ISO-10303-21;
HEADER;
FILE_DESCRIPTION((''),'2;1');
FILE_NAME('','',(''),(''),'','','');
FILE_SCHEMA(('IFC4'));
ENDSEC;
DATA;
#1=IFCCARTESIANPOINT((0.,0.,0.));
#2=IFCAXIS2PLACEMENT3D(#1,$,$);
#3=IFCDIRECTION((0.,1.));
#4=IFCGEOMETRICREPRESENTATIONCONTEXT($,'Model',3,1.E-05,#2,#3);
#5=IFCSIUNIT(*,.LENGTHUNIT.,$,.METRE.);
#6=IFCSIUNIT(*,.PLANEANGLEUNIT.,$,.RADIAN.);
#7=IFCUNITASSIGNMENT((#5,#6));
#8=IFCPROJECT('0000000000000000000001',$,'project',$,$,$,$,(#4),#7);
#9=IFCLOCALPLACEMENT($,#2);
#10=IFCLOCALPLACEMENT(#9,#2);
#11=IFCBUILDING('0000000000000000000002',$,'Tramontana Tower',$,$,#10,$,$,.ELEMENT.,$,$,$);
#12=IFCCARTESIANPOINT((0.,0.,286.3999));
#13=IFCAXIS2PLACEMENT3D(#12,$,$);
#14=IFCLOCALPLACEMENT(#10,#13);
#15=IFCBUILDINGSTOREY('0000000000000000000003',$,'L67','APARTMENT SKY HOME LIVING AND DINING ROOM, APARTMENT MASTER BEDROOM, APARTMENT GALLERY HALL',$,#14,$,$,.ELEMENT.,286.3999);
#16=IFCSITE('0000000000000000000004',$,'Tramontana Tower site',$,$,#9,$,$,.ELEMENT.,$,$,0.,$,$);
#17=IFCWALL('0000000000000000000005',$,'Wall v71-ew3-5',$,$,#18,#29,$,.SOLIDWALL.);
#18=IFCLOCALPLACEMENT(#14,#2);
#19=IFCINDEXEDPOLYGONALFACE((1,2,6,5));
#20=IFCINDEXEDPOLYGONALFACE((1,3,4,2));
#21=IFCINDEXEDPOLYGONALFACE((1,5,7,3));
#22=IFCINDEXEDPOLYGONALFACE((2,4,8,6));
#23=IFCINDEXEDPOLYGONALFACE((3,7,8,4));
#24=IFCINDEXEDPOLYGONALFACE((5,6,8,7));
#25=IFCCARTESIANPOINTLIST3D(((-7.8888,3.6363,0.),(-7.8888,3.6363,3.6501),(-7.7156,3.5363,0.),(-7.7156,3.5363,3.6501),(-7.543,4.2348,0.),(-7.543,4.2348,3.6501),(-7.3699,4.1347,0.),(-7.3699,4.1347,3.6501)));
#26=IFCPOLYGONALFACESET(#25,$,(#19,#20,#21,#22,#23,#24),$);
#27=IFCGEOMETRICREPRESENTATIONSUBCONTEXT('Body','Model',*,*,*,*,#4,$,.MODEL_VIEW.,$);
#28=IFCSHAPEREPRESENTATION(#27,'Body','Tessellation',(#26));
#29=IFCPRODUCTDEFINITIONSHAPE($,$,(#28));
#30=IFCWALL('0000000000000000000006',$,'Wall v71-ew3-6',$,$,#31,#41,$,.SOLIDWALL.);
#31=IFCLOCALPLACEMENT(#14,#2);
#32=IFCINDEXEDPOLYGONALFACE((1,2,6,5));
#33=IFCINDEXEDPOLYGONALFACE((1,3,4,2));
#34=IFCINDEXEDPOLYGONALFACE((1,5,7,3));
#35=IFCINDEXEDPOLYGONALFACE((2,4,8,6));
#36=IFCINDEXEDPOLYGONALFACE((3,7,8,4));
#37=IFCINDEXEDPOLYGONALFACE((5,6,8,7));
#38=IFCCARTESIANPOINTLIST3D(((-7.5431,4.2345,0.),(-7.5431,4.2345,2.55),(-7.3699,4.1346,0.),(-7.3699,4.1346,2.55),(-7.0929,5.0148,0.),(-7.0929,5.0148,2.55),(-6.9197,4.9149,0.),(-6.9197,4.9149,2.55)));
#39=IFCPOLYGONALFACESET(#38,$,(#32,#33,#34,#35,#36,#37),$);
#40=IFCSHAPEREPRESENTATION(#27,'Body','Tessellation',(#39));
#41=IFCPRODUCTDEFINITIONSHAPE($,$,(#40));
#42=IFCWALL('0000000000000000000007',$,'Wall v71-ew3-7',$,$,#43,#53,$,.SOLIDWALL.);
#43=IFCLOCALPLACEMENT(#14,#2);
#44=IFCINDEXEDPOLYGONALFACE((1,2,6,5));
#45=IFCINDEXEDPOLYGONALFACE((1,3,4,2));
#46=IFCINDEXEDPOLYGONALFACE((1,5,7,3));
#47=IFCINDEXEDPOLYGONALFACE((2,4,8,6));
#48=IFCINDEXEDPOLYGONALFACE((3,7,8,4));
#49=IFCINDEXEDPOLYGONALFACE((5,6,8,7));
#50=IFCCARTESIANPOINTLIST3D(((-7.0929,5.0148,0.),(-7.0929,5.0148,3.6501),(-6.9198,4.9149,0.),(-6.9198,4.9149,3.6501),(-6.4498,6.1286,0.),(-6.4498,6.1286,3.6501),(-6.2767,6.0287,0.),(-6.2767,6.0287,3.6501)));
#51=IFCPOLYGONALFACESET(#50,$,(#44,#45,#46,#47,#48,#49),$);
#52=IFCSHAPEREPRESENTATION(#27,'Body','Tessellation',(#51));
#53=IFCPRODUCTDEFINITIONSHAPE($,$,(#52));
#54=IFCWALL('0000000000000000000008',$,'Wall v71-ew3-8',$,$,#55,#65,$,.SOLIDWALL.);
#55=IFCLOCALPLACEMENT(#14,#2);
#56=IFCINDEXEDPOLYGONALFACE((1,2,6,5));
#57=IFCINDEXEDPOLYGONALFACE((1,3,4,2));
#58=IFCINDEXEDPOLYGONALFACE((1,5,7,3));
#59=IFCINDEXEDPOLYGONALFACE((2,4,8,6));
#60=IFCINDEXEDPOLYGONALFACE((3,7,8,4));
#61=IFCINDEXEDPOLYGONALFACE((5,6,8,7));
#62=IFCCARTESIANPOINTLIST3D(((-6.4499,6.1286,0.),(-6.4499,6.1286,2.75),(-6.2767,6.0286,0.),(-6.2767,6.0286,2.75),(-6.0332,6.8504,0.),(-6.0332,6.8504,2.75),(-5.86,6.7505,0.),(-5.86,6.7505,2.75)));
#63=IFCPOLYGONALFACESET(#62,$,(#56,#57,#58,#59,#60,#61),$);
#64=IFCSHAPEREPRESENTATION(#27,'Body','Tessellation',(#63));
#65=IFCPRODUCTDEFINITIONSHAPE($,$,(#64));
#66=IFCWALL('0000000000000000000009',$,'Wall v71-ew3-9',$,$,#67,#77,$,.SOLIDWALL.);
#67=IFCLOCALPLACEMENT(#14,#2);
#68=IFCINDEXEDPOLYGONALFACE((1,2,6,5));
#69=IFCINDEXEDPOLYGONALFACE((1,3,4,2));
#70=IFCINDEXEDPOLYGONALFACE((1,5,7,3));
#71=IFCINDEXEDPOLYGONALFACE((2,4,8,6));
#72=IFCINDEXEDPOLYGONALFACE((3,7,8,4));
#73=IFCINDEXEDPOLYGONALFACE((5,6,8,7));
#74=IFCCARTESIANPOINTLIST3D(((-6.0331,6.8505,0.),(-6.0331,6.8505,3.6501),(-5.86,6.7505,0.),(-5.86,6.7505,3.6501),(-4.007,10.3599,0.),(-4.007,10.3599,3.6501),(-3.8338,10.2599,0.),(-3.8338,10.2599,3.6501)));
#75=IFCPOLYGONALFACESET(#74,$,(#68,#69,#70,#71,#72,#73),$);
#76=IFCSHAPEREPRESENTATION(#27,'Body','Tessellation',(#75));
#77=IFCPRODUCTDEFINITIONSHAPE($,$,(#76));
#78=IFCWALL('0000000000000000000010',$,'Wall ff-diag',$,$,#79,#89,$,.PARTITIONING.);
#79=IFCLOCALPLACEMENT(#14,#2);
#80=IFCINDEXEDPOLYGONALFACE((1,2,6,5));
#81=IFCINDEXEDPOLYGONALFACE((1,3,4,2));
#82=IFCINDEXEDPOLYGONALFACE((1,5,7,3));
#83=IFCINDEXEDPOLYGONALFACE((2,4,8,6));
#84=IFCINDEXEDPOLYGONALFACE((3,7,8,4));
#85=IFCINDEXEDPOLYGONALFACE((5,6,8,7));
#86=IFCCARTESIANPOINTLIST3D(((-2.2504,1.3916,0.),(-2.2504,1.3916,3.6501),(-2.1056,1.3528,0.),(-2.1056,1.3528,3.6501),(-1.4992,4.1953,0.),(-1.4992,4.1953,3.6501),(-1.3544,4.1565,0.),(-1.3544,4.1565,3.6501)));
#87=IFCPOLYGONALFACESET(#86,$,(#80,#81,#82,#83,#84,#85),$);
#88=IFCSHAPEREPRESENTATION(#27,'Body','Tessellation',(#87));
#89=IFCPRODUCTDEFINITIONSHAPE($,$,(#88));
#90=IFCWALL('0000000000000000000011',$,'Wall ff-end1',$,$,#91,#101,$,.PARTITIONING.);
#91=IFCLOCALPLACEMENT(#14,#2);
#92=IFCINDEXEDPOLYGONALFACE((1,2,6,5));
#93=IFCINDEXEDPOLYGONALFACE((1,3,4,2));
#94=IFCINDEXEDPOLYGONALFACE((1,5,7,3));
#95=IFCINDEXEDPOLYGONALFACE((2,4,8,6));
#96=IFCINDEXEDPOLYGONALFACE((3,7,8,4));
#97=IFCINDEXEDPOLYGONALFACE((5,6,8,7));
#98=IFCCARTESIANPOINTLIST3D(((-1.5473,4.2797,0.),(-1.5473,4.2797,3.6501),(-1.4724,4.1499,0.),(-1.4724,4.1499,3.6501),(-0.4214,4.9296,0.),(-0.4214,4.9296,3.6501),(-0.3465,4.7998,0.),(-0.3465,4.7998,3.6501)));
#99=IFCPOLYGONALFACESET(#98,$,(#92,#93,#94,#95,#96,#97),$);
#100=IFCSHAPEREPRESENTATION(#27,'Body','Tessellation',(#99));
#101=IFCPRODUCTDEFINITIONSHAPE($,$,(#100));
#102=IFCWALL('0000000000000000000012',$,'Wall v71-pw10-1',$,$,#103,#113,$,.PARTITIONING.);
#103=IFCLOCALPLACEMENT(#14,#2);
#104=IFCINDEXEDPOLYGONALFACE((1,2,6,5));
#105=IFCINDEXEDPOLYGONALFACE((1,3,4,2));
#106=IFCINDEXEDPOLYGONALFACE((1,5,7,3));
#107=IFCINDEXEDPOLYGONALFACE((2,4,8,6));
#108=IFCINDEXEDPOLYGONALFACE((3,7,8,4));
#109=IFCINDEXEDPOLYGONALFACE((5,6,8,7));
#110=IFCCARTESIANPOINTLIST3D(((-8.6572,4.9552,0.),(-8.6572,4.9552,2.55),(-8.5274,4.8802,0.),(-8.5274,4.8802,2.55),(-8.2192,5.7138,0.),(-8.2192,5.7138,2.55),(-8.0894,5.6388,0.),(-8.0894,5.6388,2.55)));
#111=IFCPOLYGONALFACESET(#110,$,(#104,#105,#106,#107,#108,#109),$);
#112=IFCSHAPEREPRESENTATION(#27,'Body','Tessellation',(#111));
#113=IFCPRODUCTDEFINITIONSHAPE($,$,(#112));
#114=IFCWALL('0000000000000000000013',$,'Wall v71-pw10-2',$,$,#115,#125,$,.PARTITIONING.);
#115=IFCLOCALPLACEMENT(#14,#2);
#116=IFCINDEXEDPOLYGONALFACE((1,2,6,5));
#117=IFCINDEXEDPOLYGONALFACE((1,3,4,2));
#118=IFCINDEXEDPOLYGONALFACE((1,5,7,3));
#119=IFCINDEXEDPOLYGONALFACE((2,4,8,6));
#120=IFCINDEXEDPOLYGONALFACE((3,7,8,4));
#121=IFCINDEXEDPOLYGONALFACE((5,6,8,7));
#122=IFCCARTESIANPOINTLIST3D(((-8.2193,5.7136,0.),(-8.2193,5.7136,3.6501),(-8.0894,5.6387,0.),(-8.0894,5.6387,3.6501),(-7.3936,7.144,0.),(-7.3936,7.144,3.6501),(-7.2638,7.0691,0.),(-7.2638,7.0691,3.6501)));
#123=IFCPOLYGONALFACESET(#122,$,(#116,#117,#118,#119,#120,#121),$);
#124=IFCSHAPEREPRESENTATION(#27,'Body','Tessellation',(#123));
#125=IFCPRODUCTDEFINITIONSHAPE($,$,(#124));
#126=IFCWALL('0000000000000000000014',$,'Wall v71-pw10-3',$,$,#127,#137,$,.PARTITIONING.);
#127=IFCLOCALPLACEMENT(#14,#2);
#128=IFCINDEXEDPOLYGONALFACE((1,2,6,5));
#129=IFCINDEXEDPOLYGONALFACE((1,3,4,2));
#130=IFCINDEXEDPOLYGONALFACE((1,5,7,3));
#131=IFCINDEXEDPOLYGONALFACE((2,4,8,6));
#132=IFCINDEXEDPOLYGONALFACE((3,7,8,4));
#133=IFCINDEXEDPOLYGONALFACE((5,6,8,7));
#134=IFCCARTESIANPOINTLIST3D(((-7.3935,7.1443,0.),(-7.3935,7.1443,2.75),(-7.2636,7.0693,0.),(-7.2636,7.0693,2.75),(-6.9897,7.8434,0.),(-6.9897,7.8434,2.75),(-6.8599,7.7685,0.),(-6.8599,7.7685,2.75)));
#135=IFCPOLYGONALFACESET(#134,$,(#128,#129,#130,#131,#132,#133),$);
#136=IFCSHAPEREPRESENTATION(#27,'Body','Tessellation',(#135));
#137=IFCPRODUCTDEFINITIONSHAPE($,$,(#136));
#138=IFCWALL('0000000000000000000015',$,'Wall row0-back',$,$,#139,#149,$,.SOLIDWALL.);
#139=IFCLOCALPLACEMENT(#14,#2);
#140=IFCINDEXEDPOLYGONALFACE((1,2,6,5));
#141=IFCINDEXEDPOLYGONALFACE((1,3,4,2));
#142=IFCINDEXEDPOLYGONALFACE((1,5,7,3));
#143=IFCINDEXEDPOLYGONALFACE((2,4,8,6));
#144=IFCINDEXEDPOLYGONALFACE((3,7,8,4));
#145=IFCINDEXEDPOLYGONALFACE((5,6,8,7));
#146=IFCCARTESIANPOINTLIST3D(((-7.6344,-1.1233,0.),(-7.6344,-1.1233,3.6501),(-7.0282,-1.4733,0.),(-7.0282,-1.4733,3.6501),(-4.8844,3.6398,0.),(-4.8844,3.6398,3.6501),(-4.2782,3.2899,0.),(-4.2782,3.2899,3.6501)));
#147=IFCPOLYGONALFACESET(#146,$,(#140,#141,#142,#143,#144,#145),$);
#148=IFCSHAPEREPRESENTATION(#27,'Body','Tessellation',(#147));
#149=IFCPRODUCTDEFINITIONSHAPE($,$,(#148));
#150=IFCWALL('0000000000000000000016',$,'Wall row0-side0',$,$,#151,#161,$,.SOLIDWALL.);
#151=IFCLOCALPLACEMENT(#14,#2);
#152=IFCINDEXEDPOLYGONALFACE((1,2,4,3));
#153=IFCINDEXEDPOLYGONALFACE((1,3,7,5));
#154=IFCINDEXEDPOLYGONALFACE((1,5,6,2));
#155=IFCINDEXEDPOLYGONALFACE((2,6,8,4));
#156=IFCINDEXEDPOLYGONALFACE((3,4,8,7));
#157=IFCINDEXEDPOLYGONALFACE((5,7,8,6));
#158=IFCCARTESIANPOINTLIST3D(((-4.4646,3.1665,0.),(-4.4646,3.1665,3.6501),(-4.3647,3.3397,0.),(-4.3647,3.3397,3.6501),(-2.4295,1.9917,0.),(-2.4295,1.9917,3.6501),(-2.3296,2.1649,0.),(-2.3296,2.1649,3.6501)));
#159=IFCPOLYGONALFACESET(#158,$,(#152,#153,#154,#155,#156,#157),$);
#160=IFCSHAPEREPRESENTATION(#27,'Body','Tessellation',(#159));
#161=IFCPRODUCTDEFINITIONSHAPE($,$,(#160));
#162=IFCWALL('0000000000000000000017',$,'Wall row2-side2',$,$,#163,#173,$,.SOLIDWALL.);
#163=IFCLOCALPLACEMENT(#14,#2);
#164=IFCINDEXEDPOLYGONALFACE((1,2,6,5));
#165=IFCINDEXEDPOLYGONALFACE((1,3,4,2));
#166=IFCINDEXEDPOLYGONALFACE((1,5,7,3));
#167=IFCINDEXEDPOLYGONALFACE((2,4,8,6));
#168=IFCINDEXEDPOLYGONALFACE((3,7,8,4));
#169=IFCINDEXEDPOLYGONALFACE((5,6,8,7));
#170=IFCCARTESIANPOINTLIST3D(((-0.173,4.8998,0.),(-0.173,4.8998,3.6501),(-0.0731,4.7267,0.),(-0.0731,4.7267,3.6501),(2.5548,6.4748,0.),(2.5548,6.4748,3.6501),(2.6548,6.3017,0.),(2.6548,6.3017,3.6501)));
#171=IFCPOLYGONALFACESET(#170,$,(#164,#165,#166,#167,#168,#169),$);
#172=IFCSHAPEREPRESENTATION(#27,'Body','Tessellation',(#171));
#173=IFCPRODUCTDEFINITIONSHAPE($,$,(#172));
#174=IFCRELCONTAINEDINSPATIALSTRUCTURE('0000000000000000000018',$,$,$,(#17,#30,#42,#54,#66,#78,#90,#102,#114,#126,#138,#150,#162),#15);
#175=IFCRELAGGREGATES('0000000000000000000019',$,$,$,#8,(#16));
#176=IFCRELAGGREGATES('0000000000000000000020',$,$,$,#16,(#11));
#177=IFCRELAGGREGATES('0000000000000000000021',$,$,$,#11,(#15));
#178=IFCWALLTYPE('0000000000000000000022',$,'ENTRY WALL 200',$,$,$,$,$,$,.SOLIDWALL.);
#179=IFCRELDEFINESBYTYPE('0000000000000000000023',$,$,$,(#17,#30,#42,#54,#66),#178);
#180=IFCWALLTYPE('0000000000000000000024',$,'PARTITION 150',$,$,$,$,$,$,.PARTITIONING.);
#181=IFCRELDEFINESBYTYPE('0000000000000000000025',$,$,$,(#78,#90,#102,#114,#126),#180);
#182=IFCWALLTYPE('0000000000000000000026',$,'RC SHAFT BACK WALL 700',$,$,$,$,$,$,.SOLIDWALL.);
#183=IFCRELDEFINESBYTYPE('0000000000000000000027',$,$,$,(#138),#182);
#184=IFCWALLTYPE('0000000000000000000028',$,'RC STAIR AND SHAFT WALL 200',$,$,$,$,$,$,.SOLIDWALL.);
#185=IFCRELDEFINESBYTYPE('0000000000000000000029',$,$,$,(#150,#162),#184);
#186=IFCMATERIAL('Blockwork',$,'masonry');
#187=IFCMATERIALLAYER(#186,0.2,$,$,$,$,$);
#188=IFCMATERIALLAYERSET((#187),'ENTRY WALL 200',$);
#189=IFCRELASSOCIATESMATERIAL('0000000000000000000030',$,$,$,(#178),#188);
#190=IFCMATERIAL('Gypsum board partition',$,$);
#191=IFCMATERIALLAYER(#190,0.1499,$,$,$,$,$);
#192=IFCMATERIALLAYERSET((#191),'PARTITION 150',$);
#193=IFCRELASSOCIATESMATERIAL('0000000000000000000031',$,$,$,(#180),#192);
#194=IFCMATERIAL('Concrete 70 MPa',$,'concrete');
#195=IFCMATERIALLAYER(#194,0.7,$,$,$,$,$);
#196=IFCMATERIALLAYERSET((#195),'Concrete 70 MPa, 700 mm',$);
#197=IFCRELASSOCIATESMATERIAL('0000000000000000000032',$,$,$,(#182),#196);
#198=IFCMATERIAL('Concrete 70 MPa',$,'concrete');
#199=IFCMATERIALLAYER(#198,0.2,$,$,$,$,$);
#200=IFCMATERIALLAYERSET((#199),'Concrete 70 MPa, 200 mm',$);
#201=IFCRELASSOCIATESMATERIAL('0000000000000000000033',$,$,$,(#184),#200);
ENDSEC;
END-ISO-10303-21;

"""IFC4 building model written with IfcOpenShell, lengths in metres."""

from ifc_helpers import new_model, si_unit, direction, frame, frame_2d, origin, place, context, subcontext, project, spatial, rectangle, extrude, material, layer, layer_set, type_object, element, save


model = new_model("IFC4")

# Units and contexts
model_context = context("Model", 3, precision=1e-05, world=origin(), true_north=direction((0.0, 1.0)))
body_context = subcontext(model_context, "Body", "Model", "MODEL_VIEW")
ifc_project = project(units=[si_unit("LENGTHUNIT", "METRE"), si_unit("PLANEANGLEUNIT", "RADIAN")], contexts=[model_context])

# Site, building, storey
site_placement = place(None, origin())
site = spatial("IfcSite", under=ifc_project, at=site_placement, Name="Tramontana Tower site", CompositionType="ELEMENT", RefElevation=0.0)
building_placement = place(site_placement, origin())
building = spatial("IfcBuilding", under=site, at=building_placement, Name="Tramontana Tower", CompositionType="ELEMENT")
storey_placement = place(building_placement, frame((0.0, 0.0, 286.3999)))
storey = spatial("IfcBuildingStorey", under=building, at=storey_placement, Name="L67", Description="APARTMENT SKY HOME LIVING AND DINING ROOM, APARTMENT MASTER BEDROOM, APARTMENT GALLERY HALL", CompositionType="ELEMENT", Elevation=286.3999)

# Shared definitions
ifc_material_1 = material(Name="Blockwork", Category="masonry")
ifc_layer_1 = layer(ifc_material_1, 0.2)
ifc_layer_set_1 = layer_set([ifc_layer_1], Name="ENTRY WALL 200")
wall_type_1 = type_object("IfcWallType", Name="ENTRY WALL 200", PredefinedType="SOLIDWALL", material=ifc_layer_set_1)

# Walls
wall_1_placement = place(storey_placement, frame((-7.8022, 3.5862, 0.0), z_axis=(0.0, 0.0, 1.0), x_axis=(0.500242, 0.865885, 0.0)))
element("IfcWall", 1, at=wall_1_placement, inside=storey, type_object=wall_type_1, Name="Wall v71-ew3-5", PredefinedType="SOLIDWALL", context=body_context, shape_type="SweptSolid", body=[
    extrude(rectangle(XDim=0.6912, YDim=0.2, at=frame_2d((0.3457, 0.0))), origin(), (0.0, 0.0, 1.0), 3.6501),
])
wall_2_placement = place(storey_placement, frame((-7.4565, 4.1846, 0.0), z_axis=(0.0, 0.0, 1.0), x_axis=(0.499754, 0.866168, 0.0)))
element("IfcWall", 2, at=wall_2_placement, inside=storey, type_object=wall_type_1, Name="Wall v71-ew3-6", PredefinedType="SOLIDWALL", context=body_context, shape_type="SweptSolid", body=[
    extrude(rectangle(XDim=0.9009, YDim=0.2, at=frame_2d((0.4504, 0.0))), origin(), (0.0, 0.0, 1.0), 2.55),
])
wall_3_placement = place(storey_placement, frame((-7.0063, 4.9648, 0.0), z_axis=(0.0, 0.0, 1.0), x_axis=(0.500018, 0.866015, 0.0)))
element("IfcWall", 3, at=wall_3_placement, inside=storey, type_object=wall_type_1, Name="Wall v71-ew3-7", PredefinedType="SOLIDWALL", context=body_context, shape_type="SweptSolid", body=[
    extrude(rectangle(XDim=1.2861, YDim=0.2, at=frame_2d((0.6431, 0.0))), origin(), (0.0, 0.0, 1.0), 3.6501),
])
wall_4_placement = place(storey_placement, frame((-6.3633, 6.0786, 0.0), z_axis=(0.0, 0.0, 1.0), x_axis=(0.499951, 0.866054, 0.0)))
element("IfcWall", 4, at=wall_4_placement, inside=storey, type_object=wall_type_1, Name="Wall v71-ew3-8", PredefinedType="SOLIDWALL", context=body_context, shape_type="SweptSolid", body=[
    extrude(rectangle(XDim=0.8335, YDim=0.2, at=frame_2d((0.4167, 0.0))), origin(), (0.0, 0.0, 1.0), 2.75),
])
wall_5_placement = place(storey_placement, frame((-5.9465, 6.8005, 0.0), z_axis=(0.0, 0.0, 1.0), x_axis=(0.500008, 0.866021, 0.0)))
element("IfcWall", 5, at=wall_5_placement, inside=storey, type_object=wall_type_1, Name="Wall v71-ew3-9", PredefinedType="SOLIDWALL", context=body_context, shape_type="SweptSolid", body=[
    extrude(rectangle(XDim=4.0522, YDim=0.2, at=frame_2d((2.0261, 0.0))), origin(), (0.0, 0.0, 1.0), 3.6501),
])
ifc_material_2 = material(Name="Gypsum board partition")
ifc_layer_2 = layer(ifc_material_2, 0.1499)
ifc_layer_set_2 = layer_set([ifc_layer_2], Name="PARTITION 150")
wall_type_2 = type_object("IfcWallType", Name="PARTITION 150", PredefinedType="PARTITIONING", material=ifc_layer_set_2)
wall_6_placement = place(storey_placement, frame((-2.178, 1.3723, 0.0), z_axis=(0.0, 0.0, 1.0), x_axis=(0.258809, 0.965929, 0.0)))
element("IfcWall", 6, at=wall_6_placement, inside=storey, type_object=wall_type_2, Name="Wall ff-diag", PredefinedType="PARTITIONING", context=body_context, shape_type="SweptSolid", body=[
    extrude(rectangle(XDim=2.9026, YDim=0.1499, at=frame_2d((1.4512, 0.0))), origin(), (0.0, 0.0, 1.0), 3.6501),
])
wall_7_placement = place(storey_placement, frame((-1.5098, 4.2148, 0.0), z_axis=(0.0, 0.0, 1.0), x_axis=(0.866086, 0.499896, 0.0)))
element("IfcWall", 7, at=wall_7_placement, inside=storey, type_object=wall_type_2, Name="Wall ff-end1", PredefinedType="PARTITIONING", context=body_context, shape_type="SweptSolid", body=[
    extrude(rectangle(XDim=1.3, YDim=0.1499, at=frame_2d((0.6499, 0.0))), origin(), (0.0, 0.0, 1.0), 3.6501),
])
wall_8_placement = place(storey_placement, frame((-8.5923, 4.9177, 0.0), z_axis=(0.0, 0.0, 1.0), x_axis=(0.500036, 0.866005, 0.0)))
element("IfcWall", 8, at=wall_8_placement, inside=storey, type_object=wall_type_2, Name="Wall v71-pw10-1", PredefinedType="PARTITIONING", context=body_context, shape_type="SweptSolid", body=[
    extrude(rectangle(XDim=0.876, YDim=0.1499, at=frame_2d((0.438, 0.0))), origin(), (0.0, 0.0, 1.0), 2.55),
])
wall_9_placement = place(storey_placement, frame((-8.1543, 5.6763, 0.0), z_axis=(0.0, 0.0, 1.0), x_axis=(0.499923, 0.86607, 0.0)))
element("IfcWall", 9, at=wall_9_placement, inside=storey, type_object=wall_type_2, Name="Wall v71-pw10-2", PredefinedType="PARTITIONING", context=body_context, shape_type="SweptSolid", body=[
    extrude(rectangle(XDim=1.6516, YDim=0.1499, at=frame_2d((0.8257, 0.0))), origin(), (0.0, 0.0, 1.0), 3.6501),
])
wall_10_placement = place(storey_placement, frame((-7.3286, 7.1067, 0.0), z_axis=(0.0, 0.0, 1.0), x_axis=(0.500106, 0.865964, 0.0)))
element("IfcWall", 10, at=wall_10_placement, inside=storey, type_object=wall_type_2, Name="Wall v71-pw10-3", PredefinedType="PARTITIONING", context=body_context, shape_type="SweptSolid", body=[
    extrude(rectangle(XDim=0.8074, YDim=0.1499, at=frame_2d((0.4038, 0.0))), origin(), (0.0, 0.0, 1.0), 2.75),
])
ifc_material_3 = material(Name="Concrete 70 MPa", Category="concrete")
ifc_layer_3 = layer(ifc_material_3, 0.7)
ifc_layer_set_3 = layer_set([ifc_layer_3], Name="Concrete 70 MPa, 700 mm")
wall_type_3 = type_object("IfcWallType", Name="RC SHAFT BACK WALL 700", PredefinedType="SOLIDWALL", material=ifc_layer_set_3)
wall_11_placement = place(storey_placement, frame((-4.5813, 3.4648, 0.0), z_axis=(0.0, 0.0, 1.0), x_axis=(-0.499997, -0.866027, 0.0)))
element("IfcWall", 11, at=wall_11_placement, inside=storey, type_object=wall_type_3, Name="Wall row0-back", PredefinedType="SOLIDWALL", context=body_context, shape_type="SweptSolid", body=[
    extrude(rectangle(XDim=5.5, YDim=0.7, at=frame_2d((2.75, 0.0))), origin(), (0.0, 0.0, 1.0), 3.6501),
])

# Shared definitions
ifc_material_4 = material(Name="Concrete 70 MPa", Category="concrete")
ifc_layer_4 = layer(ifc_material_4, 0.2)
ifc_layer_set_4 = layer_set([ifc_layer_4], Name="Concrete 70 MPa, 200 mm")
wall_type_4 = type_object("IfcWallType", Name="RC STAIR AND SHAFT WALL 200", PredefinedType="SOLIDWALL", material=ifc_layer_set_4)

# Walls
wall_12_placement = place(storey_placement, frame((-2.3796, 2.0784, 0.0), z_axis=(0.0, 0.0, 1.0), x_axis=(-0.866061, 0.499938, 0.0)))
element("IfcWall", 12, at=wall_12_placement, inside=storey, type_object=wall_type_4, Name="Wall row0-side0", PredefinedType="SOLIDWALL", context=body_context, shape_type="SweptSolid", body=[
    extrude(rectangle(XDim=2.3499, YDim=0.2, at=frame_2d((1.1748, 0.0))), origin(), (0.0, 0.0, 1.0), 3.6501),
])
wall_13_placement = place(storey_placement, frame((-0.123, 4.8132, 0.0), z_axis=(0.0, 0.0, 1.0), x_axis=(0.866016, 0.500015, 0.0)))
element("IfcWall", 13, at=wall_13_placement, inside=storey, type_object=wall_type_4, Name="Wall row2-side2", PredefinedType="SOLIDWALL", context=body_context, shape_type="SweptSolid", body=[
    extrude(rectangle(XDim=3.1499, YDim=0.2, at=frame_2d((1.575, 0.0))), origin(), (0.0, 0.0, 1.0), 3.6501),
])

save(model, "model.ifc")
